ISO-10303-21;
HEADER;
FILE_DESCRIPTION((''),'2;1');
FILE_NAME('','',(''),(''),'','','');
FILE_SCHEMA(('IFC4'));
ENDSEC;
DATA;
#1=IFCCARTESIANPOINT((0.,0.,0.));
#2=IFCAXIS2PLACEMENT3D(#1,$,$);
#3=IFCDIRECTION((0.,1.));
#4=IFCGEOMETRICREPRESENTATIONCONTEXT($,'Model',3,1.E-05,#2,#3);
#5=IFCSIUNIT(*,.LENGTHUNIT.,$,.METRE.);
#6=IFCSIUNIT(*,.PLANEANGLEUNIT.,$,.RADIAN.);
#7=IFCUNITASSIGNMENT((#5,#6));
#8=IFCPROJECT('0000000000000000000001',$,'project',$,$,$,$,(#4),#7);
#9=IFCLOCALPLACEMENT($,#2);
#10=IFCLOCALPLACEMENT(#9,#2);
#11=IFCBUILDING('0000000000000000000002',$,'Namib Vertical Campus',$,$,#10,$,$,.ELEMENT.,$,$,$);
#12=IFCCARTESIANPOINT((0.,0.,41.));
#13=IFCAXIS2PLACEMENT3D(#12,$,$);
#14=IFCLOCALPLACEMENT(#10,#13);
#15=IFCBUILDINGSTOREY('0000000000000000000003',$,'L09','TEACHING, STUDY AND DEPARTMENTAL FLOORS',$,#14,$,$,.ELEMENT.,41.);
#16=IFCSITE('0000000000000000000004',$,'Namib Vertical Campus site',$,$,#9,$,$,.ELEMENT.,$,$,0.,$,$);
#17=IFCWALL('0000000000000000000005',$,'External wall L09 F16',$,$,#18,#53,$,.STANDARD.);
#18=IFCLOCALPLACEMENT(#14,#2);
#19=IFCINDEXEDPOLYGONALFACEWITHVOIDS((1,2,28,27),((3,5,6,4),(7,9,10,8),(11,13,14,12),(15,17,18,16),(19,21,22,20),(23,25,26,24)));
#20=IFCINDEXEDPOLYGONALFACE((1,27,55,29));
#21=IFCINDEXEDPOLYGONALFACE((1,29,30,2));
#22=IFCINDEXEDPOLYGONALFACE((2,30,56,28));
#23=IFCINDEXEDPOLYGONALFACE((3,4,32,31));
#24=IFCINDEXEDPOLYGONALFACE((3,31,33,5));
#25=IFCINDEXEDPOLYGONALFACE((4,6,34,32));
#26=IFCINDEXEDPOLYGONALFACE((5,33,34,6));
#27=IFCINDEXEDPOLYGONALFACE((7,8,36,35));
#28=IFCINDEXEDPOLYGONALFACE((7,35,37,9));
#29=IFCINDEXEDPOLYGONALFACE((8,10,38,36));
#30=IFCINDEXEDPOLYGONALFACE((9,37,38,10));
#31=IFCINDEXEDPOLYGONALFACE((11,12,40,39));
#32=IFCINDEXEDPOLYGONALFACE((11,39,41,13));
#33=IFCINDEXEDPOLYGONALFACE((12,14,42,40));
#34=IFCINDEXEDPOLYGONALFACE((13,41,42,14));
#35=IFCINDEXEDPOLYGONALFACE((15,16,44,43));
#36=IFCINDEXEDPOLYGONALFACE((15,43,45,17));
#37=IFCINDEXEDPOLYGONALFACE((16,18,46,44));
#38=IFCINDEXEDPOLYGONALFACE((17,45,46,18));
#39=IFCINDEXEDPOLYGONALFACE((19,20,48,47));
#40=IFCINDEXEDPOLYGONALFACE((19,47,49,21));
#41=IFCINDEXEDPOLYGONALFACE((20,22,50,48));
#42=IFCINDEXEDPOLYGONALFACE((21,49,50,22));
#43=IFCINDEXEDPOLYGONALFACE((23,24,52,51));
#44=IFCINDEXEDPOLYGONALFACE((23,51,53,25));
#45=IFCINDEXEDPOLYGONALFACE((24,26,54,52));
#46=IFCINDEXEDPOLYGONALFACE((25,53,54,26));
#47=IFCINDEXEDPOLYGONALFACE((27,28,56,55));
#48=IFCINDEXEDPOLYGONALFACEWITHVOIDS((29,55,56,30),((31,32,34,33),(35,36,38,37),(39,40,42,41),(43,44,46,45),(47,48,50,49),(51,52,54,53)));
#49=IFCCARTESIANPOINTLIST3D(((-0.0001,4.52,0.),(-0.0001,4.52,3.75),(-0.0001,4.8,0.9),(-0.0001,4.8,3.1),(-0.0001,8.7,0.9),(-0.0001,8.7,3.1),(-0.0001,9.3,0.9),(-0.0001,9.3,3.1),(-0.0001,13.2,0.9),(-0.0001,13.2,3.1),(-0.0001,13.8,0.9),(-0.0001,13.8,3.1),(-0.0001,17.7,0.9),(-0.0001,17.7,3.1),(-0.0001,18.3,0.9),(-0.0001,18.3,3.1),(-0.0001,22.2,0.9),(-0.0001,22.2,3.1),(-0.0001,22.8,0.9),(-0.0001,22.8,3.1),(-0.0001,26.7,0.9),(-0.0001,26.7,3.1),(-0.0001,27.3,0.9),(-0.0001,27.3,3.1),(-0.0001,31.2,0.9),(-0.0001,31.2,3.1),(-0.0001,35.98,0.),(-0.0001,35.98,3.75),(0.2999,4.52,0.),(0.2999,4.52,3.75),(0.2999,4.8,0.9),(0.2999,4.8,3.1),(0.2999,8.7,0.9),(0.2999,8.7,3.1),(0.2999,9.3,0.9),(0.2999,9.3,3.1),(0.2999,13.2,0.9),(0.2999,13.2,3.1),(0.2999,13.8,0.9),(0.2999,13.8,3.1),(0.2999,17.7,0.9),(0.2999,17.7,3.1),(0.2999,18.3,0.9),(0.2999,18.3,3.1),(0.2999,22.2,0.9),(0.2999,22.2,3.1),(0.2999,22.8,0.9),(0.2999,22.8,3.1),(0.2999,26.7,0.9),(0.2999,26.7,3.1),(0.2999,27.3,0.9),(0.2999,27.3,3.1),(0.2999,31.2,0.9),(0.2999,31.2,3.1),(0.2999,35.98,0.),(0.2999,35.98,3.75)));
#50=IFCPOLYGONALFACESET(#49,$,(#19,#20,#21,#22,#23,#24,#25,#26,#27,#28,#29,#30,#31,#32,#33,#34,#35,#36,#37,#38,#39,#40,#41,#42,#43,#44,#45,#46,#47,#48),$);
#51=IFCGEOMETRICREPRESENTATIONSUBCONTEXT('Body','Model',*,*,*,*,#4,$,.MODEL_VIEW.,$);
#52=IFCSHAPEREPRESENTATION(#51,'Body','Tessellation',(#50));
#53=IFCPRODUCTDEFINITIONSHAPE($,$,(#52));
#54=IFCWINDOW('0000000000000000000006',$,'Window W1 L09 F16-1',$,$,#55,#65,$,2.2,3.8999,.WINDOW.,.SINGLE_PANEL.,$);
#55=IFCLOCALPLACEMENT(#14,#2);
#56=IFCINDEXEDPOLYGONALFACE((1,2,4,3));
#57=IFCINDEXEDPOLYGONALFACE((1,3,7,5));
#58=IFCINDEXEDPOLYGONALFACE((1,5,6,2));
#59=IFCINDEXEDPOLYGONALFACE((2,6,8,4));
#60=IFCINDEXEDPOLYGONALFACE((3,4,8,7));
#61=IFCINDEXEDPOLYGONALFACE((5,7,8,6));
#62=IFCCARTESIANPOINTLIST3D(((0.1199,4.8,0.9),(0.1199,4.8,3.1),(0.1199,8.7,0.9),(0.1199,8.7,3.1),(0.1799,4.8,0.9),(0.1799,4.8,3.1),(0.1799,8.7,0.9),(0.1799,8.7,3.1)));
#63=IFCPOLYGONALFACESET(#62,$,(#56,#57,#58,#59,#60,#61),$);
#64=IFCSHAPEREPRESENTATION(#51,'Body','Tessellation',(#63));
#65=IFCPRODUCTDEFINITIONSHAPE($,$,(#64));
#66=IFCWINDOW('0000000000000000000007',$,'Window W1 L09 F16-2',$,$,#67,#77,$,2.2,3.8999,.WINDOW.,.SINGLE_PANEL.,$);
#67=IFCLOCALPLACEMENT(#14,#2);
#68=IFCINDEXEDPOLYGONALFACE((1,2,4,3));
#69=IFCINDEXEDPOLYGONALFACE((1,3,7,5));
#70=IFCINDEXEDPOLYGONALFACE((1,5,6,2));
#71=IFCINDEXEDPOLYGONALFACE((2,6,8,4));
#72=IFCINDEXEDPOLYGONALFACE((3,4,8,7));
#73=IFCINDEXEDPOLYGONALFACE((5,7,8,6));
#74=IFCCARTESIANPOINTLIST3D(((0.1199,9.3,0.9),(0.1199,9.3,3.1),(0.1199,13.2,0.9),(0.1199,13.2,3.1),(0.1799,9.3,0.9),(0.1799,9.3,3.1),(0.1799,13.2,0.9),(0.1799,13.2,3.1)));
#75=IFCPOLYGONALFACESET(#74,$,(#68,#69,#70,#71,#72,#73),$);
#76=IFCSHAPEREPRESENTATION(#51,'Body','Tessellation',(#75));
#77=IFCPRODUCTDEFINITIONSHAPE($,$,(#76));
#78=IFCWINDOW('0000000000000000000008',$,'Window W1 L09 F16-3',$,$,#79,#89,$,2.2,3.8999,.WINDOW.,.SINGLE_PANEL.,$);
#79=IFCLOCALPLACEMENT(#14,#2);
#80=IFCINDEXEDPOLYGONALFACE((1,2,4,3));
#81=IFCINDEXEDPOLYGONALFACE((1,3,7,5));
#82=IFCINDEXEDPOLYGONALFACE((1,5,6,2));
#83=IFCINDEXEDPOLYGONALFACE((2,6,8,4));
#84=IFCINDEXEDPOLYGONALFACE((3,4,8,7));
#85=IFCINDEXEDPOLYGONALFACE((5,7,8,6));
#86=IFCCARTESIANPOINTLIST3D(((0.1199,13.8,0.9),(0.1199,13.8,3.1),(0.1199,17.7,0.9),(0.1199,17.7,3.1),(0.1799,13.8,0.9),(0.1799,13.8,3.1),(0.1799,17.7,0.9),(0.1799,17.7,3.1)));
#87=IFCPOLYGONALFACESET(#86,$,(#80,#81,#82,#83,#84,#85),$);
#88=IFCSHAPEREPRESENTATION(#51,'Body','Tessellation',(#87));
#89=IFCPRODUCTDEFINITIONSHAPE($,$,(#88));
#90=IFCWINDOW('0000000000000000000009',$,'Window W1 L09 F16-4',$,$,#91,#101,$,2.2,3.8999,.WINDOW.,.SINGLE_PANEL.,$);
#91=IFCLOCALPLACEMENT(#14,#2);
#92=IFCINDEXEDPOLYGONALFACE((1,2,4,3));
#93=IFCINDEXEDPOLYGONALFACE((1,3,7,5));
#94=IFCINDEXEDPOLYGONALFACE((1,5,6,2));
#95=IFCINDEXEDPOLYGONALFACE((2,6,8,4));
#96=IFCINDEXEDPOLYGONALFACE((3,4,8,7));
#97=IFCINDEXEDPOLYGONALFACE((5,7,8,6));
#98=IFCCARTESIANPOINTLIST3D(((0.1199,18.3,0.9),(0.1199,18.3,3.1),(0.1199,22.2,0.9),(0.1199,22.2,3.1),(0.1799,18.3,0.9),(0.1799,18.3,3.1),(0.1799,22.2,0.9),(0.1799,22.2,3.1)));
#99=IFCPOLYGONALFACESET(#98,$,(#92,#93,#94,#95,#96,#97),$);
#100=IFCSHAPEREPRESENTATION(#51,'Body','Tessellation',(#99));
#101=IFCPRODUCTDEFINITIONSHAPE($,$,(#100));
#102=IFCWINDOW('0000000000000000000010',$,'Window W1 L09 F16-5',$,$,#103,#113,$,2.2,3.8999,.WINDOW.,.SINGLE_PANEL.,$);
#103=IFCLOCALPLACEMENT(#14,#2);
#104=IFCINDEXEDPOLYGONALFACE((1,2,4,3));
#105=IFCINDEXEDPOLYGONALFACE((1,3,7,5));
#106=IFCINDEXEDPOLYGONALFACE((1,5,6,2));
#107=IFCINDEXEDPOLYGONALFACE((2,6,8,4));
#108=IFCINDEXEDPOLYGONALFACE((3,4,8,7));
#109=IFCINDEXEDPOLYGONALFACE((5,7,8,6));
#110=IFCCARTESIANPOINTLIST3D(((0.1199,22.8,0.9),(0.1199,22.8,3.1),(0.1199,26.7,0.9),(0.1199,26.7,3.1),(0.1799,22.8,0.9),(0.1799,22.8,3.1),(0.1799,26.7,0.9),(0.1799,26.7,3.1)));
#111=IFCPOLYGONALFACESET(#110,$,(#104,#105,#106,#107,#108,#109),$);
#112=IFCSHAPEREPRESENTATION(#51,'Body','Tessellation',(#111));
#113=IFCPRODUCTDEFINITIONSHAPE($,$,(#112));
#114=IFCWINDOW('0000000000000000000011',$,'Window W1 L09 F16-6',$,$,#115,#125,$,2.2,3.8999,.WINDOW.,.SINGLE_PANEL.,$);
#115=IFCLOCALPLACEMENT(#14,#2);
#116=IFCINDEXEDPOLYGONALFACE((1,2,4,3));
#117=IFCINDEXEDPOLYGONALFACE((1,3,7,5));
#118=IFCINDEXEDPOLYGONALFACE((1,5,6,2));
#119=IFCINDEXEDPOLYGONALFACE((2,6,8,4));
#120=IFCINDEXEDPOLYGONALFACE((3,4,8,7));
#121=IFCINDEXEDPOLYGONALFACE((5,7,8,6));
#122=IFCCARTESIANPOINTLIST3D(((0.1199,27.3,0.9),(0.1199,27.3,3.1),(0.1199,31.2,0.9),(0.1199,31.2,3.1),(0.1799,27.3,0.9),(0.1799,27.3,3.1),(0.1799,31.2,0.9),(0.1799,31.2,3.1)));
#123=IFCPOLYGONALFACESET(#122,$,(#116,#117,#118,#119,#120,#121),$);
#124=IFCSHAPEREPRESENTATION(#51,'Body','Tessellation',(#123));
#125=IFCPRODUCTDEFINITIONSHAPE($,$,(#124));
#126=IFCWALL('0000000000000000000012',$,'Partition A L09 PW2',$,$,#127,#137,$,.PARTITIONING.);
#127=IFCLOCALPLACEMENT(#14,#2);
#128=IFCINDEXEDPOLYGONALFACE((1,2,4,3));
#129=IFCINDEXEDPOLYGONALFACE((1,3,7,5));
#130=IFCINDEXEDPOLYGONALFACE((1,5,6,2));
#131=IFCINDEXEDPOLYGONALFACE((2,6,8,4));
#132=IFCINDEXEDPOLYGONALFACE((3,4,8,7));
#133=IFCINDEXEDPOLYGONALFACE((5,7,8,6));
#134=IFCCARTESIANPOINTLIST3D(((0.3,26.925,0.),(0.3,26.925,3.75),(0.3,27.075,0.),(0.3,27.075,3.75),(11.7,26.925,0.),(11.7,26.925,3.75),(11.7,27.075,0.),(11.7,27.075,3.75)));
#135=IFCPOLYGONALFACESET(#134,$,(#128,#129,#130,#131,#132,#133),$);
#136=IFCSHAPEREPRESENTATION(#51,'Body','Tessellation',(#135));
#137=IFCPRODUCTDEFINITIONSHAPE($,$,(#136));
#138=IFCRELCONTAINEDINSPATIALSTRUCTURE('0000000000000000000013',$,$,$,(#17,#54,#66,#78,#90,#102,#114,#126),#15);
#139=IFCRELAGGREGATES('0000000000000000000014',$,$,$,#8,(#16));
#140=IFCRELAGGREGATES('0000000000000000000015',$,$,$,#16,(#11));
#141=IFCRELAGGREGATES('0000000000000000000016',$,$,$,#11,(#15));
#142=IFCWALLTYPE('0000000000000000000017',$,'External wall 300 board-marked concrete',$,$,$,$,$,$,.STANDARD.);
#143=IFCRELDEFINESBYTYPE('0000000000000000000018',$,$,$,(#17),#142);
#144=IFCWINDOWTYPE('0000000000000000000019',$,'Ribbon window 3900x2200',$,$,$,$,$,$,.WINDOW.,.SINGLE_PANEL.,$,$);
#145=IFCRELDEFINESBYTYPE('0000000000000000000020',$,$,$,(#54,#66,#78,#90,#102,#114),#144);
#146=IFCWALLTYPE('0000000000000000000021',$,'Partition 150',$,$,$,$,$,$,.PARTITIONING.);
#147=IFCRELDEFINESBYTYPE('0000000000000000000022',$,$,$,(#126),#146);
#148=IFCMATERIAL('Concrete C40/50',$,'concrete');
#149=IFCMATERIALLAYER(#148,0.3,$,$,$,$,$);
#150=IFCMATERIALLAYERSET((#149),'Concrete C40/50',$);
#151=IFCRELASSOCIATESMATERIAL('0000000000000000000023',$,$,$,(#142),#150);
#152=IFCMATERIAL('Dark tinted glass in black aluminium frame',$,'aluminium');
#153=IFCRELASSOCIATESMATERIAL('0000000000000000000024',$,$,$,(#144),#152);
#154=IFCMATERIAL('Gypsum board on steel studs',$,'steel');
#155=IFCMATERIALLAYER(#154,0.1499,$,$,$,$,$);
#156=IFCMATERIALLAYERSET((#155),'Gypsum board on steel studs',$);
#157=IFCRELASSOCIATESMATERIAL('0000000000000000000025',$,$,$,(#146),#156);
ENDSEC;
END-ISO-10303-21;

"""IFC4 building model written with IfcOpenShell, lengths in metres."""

from ifc_helpers import new_model, si_unit, direction, frame, frame_2d, origin, place, context, subcontext, project, spatial, rectangle, extrude, material, layer, layer_set, type_object, element, fill, save


model = new_model("IFC4")

# Units and contexts
model_context = context("Model", 3, precision=1e-05, world=origin(), true_north=direction((0.0, 1.0)))
body_context = subcontext(model_context, "Body", "Model", "MODEL_VIEW")
ifc_project = project(units=[si_unit("LENGTHUNIT", "METRE"), si_unit("PLANEANGLEUNIT", "RADIAN")], contexts=[model_context])

# Site, building, storey
site_placement = place(None, origin())
site = spatial("IfcSite", under=ifc_project, at=site_placement, Name="Namib Vertical Campus site", CompositionType="ELEMENT", RefElevation=0.0)
building_placement = place(site_placement, origin())
building = spatial("IfcBuilding", under=site, at=building_placement, Name="Namib Vertical Campus", CompositionType="ELEMENT")
storey_placement = place(building_placement, frame((0.0, 0.0, 41.0)))
storey = spatial("IfcBuildingStorey", under=building, at=storey_placement, Name="L09", Description="TEACHING, STUDY AND DEPARTMENTAL FLOORS", CompositionType="ELEMENT", Elevation=41.0)

# Shared definitions
ifc_material_1 = material(Name="Concrete C40/50", Category="concrete")
ifc_layer_1 = layer(ifc_material_1, 0.3)
ifc_layer_set_1 = layer_set([ifc_layer_1], Name="Concrete C40/50")
wall_type_1 = type_object("IfcWallType", Name="External wall 300 board-marked concrete", PredefinedType="STANDARD", material=ifc_layer_set_1)

# Wall, openings, windows
wall_1_placement = place(storey_placement, frame((0.1499, 35.98, 0.0), z_axis=(0.0, 0.0, 1.0), x_axis=(0.0, -1.0, 0.0)))
wall_1 = element("IfcWall", 1, at=wall_1_placement, inside=storey, type_object=wall_type_1, Name="External wall L09 F16", PredefinedType="STANDARD", context=body_context, shape_type="SweptSolid", body=[
    extrude(rectangle(XDim=31.46, YDim=0.3, at=frame_2d((15.73, 0.0))), origin(), (0.0, 0.0, 1.0), 3.75),
])
opening_1_placement = place(wall_1_placement, frame((27.28, 0.0, 0.8999)))
opening_1 = element("IfcOpeningElement", 2, at=opening_1_placement, cuts=wall_1, PredefinedType="OPENING", context=body_context, shape_type="SweptSolid", body=[
    extrude(rectangle(XDim=3.8999, YDim=2.2, at=frame_2d((1.95, 1.1001))), frame((0.0, 0.1599, 0.0), z_axis=(0.0, -1.0, 0.0), x_axis=(1.0, 0.0, 0.0)), (0.0, 0.0, 1.0), 0.3201),
])
opening_2_placement = place(wall_1_placement, frame((22.78, 0.0, 0.8999)))
opening_2 = element("IfcOpeningElement", 3, at=opening_2_placement, cuts=wall_1, PredefinedType="OPENING", context=body_context, shape_type="SweptSolid", body=[
    extrude(rectangle(XDim=3.8999, YDim=2.2, at=frame_2d((1.95, 1.1001))), frame((0.0, 0.1599, 0.0), z_axis=(0.0, -1.0, 0.0), x_axis=(1.0, 0.0, 0.0)), (0.0, 0.0, 1.0), 0.3201),
])
opening_3_placement = place(wall_1_placement, frame((18.28, 0.0, 0.8999)))
opening_3 = element("IfcOpeningElement", 4, at=opening_3_placement, cuts=wall_1, PredefinedType="OPENING", context=body_context, shape_type="SweptSolid", body=[
    extrude(rectangle(XDim=3.8999, YDim=2.2, at=frame_2d((1.95, 1.1001))), frame((0.0, 0.1599, 0.0), z_axis=(0.0, -1.0, 0.0), x_axis=(1.0, 0.0, 0.0)), (0.0, 0.0, 1.0), 0.3201),
])
opening_4_placement = place(wall_1_placement, frame((13.78, 0.0, 0.8999)))
opening_4 = element("IfcOpeningElement", 5, at=opening_4_placement, cuts=wall_1, PredefinedType="OPENING", context=body_context, shape_type="SweptSolid", body=[
    extrude(rectangle(XDim=3.8999, YDim=2.2, at=frame_2d((1.95, 1.1001))), frame((0.0, 0.1599, 0.0), z_axis=(0.0, -1.0, 0.0), x_axis=(1.0, 0.0, 0.0)), (0.0, 0.0, 1.0), 0.3201),
])
opening_5_placement = place(wall_1_placement, frame((9.28, 0.0, 0.8999)))
opening_5 = element("IfcOpeningElement", 6, at=opening_5_placement, cuts=wall_1, PredefinedType="OPENING", context=body_context, shape_type="SweptSolid", body=[
    extrude(rectangle(XDim=3.8999, YDim=2.2, at=frame_2d((1.95, 1.1001))), frame((0.0, 0.1599, 0.0), z_axis=(0.0, -1.0, 0.0), x_axis=(1.0, 0.0, 0.0)), (0.0, 0.0, 1.0), 0.3201),
])
opening_6_placement = place(wall_1_placement, frame((4.78, 0.0, 0.8999)))
opening_6 = element("IfcOpeningElement", 7, at=opening_6_placement, cuts=wall_1, PredefinedType="OPENING", context=body_context, shape_type="SweptSolid", body=[
    extrude(rectangle(XDim=3.8999, YDim=2.2, at=frame_2d((1.95, 1.1001))), frame((0.0, 0.1599, 0.0), z_axis=(0.0, -1.0, 0.0), x_axis=(1.0, 0.0, 0.0)), (0.0, 0.0, 1.0), 0.3201),
])
ifc_material_2 = material(Name="Dark tinted glass in black aluminium frame", Category="aluminium")
window_type = type_object("IfcWindowType", Name="Ribbon window 3900x2200", PartitioningType="SINGLE_PANEL", PredefinedType="WINDOW", material=ifc_material_2)
window_1_placement = place(opening_1_placement, origin())
window_1 = element("IfcWindow", 8, at=window_1_placement, inside=storey, type_object=window_type, Name="Window W1 L09 F16-1", OverallHeight=2.2, OverallWidth=3.8999, PartitioningType="SINGLE_PANEL", PredefinedType="WINDOW", context=body_context, shape_type="SweptSolid", body=[
    extrude(rectangle(XDim=3.8999, YDim=2.2, at=frame_2d((1.95, 1.1001))), frame((0.0, 0.03, 0.0), z_axis=(0.0, -1.0, 0.0), x_axis=(1.0, 0.0, 0.0)), (0.0, 0.0, 1.0), 0.0601),
])
fill(opening_1, window_1)
window_2_placement = place(opening_2_placement, origin())
window_2 = element("IfcWindow", 9, at=window_2_placement, inside=storey, type_object=window_type, Name="Window W1 L09 F16-2", OverallHeight=2.2, OverallWidth=3.8999, PartitioningType="SINGLE_PANEL", PredefinedType="WINDOW", context=body_context, shape_type="SweptSolid", body=[
    extrude(rectangle(XDim=3.8999, YDim=2.2, at=frame_2d((1.95, 1.1001))), frame((0.0, 0.03, 0.0), z_axis=(0.0, -1.0, 0.0), x_axis=(1.0, 0.0, 0.0)), (0.0, 0.0, 1.0), 0.0601),
])
fill(opening_2, window_2)
window_3_placement = place(opening_3_placement, origin())
window_3 = element("IfcWindow", 10, at=window_3_placement, inside=storey, type_object=window_type, Name="Window W1 L09 F16-3", OverallHeight=2.2, OverallWidth=3.8999, PartitioningType="SINGLE_PANEL", PredefinedType="WINDOW", context=body_context, shape_type="SweptSolid", body=[
    extrude(rectangle(XDim=3.8999, YDim=2.2, at=frame_2d((1.95, 1.1001))), frame((0.0, 0.03, 0.0), z_axis=(0.0, -1.0, 0.0), x_axis=(1.0, 0.0, 0.0)), (0.0, 0.0, 1.0), 0.0601),
])
fill(opening_3, window_3)
window_4_placement = place(opening_4_placement, origin())
window_4 = element("IfcWindow", 11, at=window_4_placement, inside=storey, type_object=window_type, Name="Window W1 L09 F16-4", OverallHeight=2.2, OverallWidth=3.8999, PartitioningType="SINGLE_PANEL", PredefinedType="WINDOW", context=body_context, shape_type="SweptSolid", body=[
    extrude(rectangle(XDim=3.8999, YDim=2.2, at=frame_2d((1.95, 1.1001))), frame((0.0, 0.03, 0.0), z_axis=(0.0, -1.0, 0.0), x_axis=(1.0, 0.0, 0.0)), (0.0, 0.0, 1.0), 0.0601),
])
fill(opening_4, window_4)
window_5_placement = place(opening_5_placement, origin())
window_5 = element("IfcWindow", 12, at=window_5_placement, inside=storey, type_object=window_type, Name="Window W1 L09 F16-5", OverallHeight=2.2, OverallWidth=3.8999, PartitioningType="SINGLE_PANEL", PredefinedType="WINDOW", context=body_context, shape_type="SweptSolid", body=[
    extrude(rectangle(XDim=3.8999, YDim=2.2, at=frame_2d((1.95, 1.1001))), frame((0.0, 0.03, 0.0), z_axis=(0.0, -1.0, 0.0), x_axis=(1.0, 0.0, 0.0)), (0.0, 0.0, 1.0), 0.0601),
])
fill(opening_5, window_5)
window_6_placement = place(opening_6_placement, origin())
window_6 = element("IfcWindow", 13, at=window_6_placement, inside=storey, type_object=window_type, Name="Window W1 L09 F16-6", OverallHeight=2.2, OverallWidth=3.8999, PartitioningType="SINGLE_PANEL", PredefinedType="WINDOW", context=body_context, shape_type="SweptSolid", body=[
    extrude(rectangle(XDim=3.8999, YDim=2.2, at=frame_2d((1.95, 1.1001))), frame((0.0, 0.03, 0.0), z_axis=(0.0, -1.0, 0.0), x_axis=(1.0, 0.0, 0.0)), (0.0, 0.0, 1.0), 0.0601),
])
fill(opening_6, window_6)

# Wall
ifc_material_3 = material(Name="Gypsum board on steel studs", Category="steel")
ifc_layer_2 = layer(ifc_material_3, 0.1499)
ifc_layer_set_2 = layer_set([ifc_layer_2], Name="Gypsum board on steel studs")
wall_type_2 = type_object("IfcWallType", Name="Partition 150", PredefinedType="PARTITIONING", material=ifc_layer_set_2)
wall_2_placement = place(storey_placement, frame((0.3, 27.0, 0.0), z_axis=(0.0, 0.0, 1.0), x_axis=(1.0, 0.0, 0.0)))
element("IfcWall", 14, at=wall_2_placement, inside=storey, type_object=wall_type_2, Name="Partition A L09 PW2", PredefinedType="PARTITIONING", context=body_context, shape_type="SweptSolid", body=[
    extrude(rectangle(XDim=11.3999, YDim=0.1499, at=frame_2d((5.7, 0.0))), origin(), (0.0, 0.0, 1.0), 3.75),
])

save(model, "model.ifc")
